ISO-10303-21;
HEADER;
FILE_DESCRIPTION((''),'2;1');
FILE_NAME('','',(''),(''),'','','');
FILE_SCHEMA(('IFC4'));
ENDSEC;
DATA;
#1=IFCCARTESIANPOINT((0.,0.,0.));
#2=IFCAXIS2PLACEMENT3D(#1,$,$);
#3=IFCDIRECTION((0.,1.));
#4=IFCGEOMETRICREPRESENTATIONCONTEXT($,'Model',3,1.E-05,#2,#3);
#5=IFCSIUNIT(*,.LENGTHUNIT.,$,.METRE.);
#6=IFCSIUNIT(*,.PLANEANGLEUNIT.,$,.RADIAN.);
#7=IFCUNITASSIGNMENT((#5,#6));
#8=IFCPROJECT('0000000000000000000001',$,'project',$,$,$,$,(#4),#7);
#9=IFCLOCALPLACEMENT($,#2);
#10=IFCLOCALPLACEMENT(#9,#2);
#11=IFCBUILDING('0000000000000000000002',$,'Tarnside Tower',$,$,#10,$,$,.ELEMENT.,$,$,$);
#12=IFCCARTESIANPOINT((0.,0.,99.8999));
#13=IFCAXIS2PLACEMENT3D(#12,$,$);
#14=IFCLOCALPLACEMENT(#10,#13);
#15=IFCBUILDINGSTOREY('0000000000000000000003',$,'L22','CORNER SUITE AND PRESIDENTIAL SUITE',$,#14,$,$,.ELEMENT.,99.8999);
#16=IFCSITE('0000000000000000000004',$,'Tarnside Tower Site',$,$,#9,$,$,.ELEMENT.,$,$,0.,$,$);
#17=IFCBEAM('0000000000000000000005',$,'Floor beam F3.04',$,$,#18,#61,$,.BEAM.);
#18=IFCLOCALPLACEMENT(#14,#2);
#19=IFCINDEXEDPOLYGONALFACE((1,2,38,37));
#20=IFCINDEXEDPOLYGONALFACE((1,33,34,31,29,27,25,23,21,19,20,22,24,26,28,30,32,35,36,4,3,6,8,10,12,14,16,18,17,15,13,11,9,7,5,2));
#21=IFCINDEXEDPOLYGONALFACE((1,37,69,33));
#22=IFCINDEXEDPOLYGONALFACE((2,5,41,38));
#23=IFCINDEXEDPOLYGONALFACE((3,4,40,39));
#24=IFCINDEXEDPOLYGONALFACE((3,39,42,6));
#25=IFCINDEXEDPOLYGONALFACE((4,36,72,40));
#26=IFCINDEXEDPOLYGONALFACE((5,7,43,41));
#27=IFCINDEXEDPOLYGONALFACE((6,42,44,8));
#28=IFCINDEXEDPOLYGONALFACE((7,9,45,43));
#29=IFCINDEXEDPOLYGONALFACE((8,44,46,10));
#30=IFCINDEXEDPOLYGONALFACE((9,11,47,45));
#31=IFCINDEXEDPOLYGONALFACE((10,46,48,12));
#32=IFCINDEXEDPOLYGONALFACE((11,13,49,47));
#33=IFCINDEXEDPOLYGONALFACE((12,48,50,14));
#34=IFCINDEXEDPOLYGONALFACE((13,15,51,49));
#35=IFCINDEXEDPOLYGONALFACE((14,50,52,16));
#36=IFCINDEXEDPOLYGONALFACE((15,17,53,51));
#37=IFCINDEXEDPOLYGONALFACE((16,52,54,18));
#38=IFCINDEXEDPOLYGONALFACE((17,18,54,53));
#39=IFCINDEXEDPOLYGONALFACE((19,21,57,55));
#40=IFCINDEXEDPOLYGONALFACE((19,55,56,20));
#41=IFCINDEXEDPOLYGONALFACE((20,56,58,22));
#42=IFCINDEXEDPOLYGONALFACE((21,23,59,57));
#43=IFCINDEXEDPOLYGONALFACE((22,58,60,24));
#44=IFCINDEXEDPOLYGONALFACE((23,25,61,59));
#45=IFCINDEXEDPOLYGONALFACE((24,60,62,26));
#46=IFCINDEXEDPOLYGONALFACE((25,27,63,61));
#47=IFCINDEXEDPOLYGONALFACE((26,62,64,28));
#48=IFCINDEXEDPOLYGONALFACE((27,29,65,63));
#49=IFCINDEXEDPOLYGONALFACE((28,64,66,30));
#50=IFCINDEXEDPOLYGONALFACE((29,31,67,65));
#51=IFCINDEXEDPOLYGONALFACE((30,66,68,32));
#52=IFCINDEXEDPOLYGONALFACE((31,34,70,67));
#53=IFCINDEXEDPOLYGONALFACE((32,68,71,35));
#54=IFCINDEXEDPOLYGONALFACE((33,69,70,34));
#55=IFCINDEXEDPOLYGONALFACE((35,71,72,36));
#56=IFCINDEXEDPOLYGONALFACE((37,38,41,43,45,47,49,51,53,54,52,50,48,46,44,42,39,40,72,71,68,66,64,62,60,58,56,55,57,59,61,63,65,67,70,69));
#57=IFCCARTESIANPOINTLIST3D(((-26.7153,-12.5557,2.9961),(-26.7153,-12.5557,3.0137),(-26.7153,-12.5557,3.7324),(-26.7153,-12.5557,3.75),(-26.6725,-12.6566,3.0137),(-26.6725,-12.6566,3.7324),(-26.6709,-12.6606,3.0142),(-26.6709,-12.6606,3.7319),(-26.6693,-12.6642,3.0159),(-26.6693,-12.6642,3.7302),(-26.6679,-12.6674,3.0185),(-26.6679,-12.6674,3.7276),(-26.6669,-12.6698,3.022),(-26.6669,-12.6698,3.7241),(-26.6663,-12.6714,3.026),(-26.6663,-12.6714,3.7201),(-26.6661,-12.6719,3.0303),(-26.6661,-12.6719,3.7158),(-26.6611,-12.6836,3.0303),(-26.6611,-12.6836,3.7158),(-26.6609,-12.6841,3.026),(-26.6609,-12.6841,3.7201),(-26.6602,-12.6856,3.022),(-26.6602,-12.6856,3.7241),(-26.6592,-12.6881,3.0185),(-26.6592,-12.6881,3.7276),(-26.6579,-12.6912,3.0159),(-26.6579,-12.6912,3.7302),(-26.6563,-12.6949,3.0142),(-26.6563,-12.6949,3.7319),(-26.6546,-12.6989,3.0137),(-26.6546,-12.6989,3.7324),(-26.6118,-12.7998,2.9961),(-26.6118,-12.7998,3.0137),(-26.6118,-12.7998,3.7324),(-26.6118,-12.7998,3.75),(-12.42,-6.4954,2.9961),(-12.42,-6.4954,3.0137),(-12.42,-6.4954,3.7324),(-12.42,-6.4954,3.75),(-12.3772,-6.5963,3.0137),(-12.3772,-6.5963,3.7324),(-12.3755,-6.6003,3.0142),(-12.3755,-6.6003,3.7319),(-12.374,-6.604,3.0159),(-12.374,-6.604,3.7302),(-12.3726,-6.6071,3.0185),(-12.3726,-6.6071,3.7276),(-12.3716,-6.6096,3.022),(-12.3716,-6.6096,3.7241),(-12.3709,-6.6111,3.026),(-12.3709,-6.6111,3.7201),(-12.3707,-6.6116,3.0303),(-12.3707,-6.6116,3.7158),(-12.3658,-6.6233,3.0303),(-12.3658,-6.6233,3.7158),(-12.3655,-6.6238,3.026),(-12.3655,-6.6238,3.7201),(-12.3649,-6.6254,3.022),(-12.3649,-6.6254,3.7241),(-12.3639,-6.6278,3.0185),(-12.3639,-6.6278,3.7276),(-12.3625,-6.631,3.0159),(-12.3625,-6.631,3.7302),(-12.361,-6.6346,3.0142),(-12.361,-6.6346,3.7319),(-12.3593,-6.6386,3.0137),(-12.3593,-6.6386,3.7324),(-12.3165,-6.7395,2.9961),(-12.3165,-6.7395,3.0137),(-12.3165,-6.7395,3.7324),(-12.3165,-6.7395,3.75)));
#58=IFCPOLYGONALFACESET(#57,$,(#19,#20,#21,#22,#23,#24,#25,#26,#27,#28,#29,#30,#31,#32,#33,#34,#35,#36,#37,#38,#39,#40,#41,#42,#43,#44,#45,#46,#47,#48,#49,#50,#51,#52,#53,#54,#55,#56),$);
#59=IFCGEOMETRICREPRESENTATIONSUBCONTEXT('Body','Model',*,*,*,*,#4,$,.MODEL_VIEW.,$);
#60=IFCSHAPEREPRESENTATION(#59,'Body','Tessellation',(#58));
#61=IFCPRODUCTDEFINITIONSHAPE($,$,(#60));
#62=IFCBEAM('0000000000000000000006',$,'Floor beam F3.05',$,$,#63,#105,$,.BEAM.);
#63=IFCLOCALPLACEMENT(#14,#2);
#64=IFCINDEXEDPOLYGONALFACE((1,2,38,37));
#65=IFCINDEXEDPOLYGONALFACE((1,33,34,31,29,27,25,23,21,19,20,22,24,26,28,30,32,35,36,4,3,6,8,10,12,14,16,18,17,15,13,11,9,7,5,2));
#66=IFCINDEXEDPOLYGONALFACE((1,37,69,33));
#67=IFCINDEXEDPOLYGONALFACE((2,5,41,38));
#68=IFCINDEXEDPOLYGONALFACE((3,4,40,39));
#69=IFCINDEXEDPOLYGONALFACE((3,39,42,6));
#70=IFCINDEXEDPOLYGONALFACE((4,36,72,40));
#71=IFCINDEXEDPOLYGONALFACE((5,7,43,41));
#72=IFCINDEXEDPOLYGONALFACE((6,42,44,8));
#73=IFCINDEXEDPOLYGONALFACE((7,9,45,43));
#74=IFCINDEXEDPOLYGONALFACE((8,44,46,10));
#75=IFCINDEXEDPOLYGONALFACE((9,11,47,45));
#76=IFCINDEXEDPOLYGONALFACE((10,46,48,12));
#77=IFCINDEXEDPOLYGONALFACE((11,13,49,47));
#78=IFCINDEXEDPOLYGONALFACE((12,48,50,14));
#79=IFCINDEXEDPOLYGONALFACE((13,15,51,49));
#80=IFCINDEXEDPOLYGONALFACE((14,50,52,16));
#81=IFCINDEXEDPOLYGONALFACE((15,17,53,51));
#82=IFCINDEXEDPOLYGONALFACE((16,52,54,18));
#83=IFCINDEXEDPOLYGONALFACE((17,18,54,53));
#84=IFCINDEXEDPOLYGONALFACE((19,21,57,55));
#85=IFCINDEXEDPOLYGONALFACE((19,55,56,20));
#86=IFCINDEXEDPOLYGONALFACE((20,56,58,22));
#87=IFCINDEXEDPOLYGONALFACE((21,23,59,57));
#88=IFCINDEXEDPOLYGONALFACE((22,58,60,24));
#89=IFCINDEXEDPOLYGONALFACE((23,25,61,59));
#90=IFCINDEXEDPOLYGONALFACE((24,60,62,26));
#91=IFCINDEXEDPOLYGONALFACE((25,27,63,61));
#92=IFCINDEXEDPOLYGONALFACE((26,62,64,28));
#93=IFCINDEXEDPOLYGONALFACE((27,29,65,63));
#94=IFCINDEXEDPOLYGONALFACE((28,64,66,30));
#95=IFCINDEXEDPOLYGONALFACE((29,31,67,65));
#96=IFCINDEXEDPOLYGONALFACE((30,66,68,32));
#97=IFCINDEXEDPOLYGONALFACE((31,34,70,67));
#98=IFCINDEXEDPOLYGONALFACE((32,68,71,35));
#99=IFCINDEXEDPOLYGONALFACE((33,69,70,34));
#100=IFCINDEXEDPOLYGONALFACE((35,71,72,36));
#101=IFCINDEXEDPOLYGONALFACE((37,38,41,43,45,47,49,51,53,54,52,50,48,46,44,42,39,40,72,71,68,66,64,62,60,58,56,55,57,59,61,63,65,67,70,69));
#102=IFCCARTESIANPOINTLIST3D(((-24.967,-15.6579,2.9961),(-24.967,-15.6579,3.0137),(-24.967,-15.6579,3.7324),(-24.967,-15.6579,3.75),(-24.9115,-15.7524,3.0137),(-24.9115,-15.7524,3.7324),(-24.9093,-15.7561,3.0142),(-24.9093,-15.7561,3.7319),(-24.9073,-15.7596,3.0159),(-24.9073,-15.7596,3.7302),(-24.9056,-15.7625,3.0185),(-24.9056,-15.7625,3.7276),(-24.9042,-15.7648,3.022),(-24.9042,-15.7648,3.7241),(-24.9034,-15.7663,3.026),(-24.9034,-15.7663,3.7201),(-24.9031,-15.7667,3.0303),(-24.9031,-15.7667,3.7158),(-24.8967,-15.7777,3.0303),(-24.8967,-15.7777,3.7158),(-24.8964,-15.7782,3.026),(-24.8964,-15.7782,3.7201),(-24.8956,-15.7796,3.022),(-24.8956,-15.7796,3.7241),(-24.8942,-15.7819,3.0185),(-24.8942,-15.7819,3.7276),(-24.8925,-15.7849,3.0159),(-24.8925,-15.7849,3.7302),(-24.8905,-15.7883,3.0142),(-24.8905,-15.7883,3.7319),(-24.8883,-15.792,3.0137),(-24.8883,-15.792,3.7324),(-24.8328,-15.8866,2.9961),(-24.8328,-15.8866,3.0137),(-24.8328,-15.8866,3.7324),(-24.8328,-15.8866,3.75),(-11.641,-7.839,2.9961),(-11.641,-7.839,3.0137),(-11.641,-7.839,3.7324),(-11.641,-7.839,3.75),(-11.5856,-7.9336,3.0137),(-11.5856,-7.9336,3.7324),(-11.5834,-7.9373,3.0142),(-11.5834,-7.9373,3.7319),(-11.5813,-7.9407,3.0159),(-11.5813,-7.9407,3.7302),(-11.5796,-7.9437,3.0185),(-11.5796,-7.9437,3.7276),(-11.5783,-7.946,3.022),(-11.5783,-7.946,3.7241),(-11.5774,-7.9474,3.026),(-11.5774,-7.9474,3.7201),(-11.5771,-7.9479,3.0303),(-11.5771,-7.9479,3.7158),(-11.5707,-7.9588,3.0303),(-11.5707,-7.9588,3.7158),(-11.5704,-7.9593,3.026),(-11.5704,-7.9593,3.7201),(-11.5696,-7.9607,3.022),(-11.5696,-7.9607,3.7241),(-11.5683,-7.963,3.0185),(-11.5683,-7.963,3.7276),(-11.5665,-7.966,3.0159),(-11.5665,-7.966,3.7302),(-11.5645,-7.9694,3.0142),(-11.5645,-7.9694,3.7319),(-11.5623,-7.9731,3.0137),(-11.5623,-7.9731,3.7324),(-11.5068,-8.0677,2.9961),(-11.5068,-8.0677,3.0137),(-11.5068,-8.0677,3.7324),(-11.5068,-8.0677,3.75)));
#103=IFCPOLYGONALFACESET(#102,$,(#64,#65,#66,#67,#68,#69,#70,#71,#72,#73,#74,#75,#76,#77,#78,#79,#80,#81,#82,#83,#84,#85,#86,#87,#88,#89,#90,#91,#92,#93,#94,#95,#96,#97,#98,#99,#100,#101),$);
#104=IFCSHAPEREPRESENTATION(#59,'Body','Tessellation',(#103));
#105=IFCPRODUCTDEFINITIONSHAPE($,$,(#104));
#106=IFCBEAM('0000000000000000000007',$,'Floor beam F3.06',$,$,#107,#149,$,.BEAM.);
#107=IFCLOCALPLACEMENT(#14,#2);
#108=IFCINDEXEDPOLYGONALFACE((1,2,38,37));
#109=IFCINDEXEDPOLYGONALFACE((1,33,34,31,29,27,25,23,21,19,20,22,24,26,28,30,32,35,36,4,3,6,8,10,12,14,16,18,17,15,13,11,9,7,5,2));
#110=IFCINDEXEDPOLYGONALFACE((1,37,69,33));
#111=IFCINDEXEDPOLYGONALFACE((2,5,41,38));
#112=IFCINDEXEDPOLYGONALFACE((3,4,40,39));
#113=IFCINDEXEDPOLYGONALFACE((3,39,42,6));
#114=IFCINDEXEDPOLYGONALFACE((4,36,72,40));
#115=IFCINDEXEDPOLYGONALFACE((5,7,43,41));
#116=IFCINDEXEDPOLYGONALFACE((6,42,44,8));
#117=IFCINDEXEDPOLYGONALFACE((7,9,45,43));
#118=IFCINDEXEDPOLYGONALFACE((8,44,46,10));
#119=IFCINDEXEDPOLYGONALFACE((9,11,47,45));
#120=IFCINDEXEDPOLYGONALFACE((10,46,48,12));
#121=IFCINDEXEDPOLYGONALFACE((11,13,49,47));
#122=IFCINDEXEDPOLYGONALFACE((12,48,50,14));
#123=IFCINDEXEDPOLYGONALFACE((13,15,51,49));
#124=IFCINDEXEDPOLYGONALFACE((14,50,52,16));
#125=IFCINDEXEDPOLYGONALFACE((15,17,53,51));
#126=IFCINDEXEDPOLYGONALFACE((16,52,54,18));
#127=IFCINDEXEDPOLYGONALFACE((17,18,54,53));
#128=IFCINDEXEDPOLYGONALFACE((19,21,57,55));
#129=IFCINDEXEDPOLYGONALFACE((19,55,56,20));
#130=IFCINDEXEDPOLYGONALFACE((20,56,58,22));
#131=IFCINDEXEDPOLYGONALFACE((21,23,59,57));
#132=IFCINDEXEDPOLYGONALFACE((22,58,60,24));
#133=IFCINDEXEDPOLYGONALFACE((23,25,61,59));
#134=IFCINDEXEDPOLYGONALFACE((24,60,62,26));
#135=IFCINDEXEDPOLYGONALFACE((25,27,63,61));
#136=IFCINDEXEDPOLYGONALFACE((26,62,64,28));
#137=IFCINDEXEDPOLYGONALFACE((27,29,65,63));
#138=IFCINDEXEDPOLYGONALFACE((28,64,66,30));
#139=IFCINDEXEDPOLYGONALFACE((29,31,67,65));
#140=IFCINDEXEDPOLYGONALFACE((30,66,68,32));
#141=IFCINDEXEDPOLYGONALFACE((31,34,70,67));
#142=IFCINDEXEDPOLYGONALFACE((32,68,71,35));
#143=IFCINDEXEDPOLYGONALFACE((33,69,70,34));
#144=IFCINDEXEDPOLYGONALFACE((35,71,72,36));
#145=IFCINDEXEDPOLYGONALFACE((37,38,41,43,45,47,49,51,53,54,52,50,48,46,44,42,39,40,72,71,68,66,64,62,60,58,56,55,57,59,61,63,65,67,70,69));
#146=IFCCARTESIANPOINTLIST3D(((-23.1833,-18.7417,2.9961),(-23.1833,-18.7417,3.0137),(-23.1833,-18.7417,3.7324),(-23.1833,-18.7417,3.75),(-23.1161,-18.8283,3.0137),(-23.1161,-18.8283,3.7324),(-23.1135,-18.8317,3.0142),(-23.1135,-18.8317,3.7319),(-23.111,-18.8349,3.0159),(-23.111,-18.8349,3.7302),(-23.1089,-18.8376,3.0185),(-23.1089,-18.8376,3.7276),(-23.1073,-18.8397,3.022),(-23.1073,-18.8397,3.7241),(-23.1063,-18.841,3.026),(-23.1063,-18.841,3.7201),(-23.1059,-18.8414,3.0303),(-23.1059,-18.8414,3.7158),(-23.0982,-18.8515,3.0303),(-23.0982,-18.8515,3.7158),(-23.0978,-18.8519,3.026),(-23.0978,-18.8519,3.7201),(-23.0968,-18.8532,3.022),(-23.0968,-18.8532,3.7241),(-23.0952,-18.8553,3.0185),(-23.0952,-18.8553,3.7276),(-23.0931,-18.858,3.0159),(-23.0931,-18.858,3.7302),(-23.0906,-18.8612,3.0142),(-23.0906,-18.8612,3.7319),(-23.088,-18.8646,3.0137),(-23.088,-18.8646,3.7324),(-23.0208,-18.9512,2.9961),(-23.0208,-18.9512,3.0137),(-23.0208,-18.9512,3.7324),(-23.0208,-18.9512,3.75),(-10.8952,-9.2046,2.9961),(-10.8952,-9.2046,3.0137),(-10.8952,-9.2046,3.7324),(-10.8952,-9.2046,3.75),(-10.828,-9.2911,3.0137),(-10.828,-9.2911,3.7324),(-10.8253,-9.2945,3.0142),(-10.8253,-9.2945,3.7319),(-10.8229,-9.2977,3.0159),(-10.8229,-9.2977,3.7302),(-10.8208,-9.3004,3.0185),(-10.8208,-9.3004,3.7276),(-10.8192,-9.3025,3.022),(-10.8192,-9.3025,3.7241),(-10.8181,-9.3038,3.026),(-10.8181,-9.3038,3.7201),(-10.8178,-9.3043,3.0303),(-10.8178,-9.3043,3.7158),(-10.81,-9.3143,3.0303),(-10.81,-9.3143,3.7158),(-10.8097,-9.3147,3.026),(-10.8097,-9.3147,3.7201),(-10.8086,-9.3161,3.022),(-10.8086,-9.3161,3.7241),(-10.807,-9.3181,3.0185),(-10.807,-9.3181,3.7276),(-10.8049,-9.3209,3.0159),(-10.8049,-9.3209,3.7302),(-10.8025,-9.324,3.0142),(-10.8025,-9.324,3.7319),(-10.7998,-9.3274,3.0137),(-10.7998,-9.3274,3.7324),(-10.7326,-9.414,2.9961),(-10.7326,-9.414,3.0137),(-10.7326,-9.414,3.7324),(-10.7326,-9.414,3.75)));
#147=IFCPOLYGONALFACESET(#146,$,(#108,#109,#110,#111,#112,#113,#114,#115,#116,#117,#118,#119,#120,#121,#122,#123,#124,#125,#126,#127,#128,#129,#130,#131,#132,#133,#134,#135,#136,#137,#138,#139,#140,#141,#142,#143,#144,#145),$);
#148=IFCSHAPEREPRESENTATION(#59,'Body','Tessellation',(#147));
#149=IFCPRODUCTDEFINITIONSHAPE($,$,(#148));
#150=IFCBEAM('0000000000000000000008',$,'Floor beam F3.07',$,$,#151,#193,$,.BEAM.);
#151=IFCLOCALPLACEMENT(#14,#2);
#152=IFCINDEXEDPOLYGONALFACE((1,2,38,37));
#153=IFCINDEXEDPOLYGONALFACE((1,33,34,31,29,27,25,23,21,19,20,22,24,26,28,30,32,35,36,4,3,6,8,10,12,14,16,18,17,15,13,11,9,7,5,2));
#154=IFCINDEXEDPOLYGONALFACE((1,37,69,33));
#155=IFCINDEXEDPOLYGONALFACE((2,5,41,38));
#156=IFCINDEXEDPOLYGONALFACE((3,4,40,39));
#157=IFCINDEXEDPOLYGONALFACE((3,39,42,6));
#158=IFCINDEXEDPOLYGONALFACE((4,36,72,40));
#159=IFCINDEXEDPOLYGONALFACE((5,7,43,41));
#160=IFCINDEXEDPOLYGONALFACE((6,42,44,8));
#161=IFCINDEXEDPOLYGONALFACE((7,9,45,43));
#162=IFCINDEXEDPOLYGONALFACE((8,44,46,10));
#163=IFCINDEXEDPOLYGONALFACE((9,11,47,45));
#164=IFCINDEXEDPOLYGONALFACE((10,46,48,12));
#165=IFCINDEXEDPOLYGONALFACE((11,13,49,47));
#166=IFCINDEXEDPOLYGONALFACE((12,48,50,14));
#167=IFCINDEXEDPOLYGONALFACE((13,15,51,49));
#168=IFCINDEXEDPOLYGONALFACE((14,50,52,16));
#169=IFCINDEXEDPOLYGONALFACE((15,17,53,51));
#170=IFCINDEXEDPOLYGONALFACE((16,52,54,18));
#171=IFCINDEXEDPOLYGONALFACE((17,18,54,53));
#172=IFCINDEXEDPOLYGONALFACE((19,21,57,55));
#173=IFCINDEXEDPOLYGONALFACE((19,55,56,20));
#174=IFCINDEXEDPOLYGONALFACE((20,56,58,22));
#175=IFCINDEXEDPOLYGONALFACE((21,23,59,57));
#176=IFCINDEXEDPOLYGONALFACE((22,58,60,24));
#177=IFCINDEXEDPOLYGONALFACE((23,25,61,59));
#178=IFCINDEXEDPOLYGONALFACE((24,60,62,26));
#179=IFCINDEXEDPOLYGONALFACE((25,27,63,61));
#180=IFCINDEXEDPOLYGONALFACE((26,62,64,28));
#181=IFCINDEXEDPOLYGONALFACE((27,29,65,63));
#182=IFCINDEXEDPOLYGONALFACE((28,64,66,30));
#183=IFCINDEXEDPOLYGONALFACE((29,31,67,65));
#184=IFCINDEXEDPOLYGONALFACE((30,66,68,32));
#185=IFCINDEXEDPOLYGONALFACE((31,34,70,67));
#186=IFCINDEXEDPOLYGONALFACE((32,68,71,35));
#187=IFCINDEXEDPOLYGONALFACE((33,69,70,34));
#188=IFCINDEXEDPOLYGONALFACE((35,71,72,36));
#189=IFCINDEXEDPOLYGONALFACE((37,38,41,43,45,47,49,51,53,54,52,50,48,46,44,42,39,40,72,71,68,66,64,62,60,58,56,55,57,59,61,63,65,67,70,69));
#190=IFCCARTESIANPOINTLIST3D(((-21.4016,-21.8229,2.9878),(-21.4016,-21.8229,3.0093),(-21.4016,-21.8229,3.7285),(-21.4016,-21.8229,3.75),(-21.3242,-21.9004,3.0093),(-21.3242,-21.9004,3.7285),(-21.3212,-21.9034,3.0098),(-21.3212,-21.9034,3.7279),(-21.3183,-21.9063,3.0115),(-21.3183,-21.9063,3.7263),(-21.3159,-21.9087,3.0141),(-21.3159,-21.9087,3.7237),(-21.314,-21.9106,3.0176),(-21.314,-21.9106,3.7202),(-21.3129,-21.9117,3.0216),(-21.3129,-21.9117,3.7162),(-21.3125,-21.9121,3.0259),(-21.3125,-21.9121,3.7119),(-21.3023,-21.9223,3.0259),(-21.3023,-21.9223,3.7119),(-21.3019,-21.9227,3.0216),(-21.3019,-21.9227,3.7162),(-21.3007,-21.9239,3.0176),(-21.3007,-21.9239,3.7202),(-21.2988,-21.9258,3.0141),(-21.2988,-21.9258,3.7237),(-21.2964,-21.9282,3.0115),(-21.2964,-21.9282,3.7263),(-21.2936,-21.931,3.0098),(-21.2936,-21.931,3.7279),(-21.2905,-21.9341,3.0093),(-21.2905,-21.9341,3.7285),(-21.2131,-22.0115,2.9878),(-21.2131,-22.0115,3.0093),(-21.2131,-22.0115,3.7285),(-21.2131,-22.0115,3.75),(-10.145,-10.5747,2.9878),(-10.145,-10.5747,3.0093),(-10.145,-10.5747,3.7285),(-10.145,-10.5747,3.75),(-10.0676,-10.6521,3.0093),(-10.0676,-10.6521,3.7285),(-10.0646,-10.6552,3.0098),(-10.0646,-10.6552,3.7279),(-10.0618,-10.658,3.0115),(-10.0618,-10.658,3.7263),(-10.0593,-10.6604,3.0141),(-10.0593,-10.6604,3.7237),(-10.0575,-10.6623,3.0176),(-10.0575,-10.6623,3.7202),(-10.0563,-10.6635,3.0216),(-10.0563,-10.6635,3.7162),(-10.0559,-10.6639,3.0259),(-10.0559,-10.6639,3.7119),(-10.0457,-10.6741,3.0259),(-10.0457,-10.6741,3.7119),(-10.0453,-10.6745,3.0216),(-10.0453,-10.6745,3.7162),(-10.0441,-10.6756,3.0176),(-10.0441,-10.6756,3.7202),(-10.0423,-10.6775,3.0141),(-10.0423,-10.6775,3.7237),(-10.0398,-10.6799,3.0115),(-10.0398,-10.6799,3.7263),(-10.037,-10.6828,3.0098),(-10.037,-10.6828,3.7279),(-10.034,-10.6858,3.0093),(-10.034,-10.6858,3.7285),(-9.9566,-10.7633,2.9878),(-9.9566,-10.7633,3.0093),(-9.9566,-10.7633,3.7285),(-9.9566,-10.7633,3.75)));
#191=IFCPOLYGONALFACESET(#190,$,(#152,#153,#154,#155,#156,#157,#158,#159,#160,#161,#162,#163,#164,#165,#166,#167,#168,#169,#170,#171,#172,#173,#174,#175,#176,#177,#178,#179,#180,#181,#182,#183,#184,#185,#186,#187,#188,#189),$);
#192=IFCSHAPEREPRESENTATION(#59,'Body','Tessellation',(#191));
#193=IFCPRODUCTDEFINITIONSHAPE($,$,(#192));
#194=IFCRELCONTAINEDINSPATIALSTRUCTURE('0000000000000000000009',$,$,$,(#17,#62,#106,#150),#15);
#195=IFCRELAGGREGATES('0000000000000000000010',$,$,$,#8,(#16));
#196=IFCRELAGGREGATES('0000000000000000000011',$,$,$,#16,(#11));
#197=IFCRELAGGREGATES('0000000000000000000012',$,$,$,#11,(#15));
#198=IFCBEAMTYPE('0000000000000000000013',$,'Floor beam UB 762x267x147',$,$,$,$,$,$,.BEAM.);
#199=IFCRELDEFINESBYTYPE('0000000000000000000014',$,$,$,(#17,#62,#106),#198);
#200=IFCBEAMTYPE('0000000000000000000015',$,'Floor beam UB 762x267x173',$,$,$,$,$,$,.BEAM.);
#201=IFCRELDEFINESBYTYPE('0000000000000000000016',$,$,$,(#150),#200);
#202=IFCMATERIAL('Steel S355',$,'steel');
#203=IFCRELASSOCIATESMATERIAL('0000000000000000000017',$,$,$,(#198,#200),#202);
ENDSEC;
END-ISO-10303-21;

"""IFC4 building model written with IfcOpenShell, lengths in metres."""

from ifc_helpers import new_model, si_unit, direction, frame, origin, origin_2d, place, context, subcontext, project, spatial, i_section, extrude, material, material_profile, profile_set, type_object, element, save


model = new_model("IFC4")

# Units and contexts
model_context = context("Model", 3, precision=1e-05, world=origin(), true_north=direction((0.0, 1.0)))
body_context = subcontext(model_context, "Body", "Model", "MODEL_VIEW")
ifc_project = project(units=[si_unit("LENGTHUNIT", "METRE"), si_unit("PLANEANGLEUNIT", "RADIAN")], contexts=[model_context])

# Site, building, storey
site_placement = place(None, origin())
site = spatial("IfcSite", under=ifc_project, at=site_placement, Name="Tarnside Tower Site", CompositionType="ELEMENT", RefElevation=0.0)
building_placement = place(site_placement, origin())
building = spatial("IfcBuilding", under=site, at=building_placement, Name="Tarnside Tower", CompositionType="ELEMENT")
storey_placement = place(building_placement, frame((0.0, 0.0, 99.8999)))
storey = spatial("IfcBuildingStorey", under=building, at=storey_placement, Name="L22", Description="CORNER SUITE AND PRESIDENTIAL SUITE", CompositionType="ELEMENT", Elevation=99.8999)

# Beams
ifc_material_1 = material(Name="Steel S355", Category="steel")
ifc_material_profile_1 = material_profile(ifc_material_1, i_section(OverallWidth=0.2651, OverallDepth=0.7539, WebThickness=0.0127, FlangeThickness=0.0176, FilletRadius=0.0166, at=origin_2d()), Name="UB 762x267x147")
ifc_profile_set_1 = profile_set([ifc_material_profile_1], Name="Steel S355")
beam_type_1 = type_object("IfcBeamType", Name="Floor beam UB 762x267x147", PredefinedType="BEAM", material=ifc_profile_set_1)
beam_1_placement = place(storey_placement, frame((-26.6636, -12.6777, 3.373), z_axis=(0.920684, 0.390309, 0.0), x_axis=(-0.390309, 0.920684, 0.0)))
element("IfcBeam", 1, at=beam_1_placement, inside=storey, type_object=beam_type_1, Name="Floor beam F3.04", PredefinedType="BEAM", context=body_context, shape_type="SweptSolid", body=[
    extrude(i_section(OverallWidth=0.2651, OverallDepth=0.7539, WebThickness=0.0127, FlangeThickness=0.0176, FilletRadius=0.0166, at=origin_2d()), origin(), (0.0, 0.0, 1.0), 15.5269),
])
beam_2_placement = place(storey_placement, frame((-24.8999, -15.7722, 3.373), z_axis=(0.862498, 0.506061, 0.0), x_axis=(-0.506061, 0.862498, 0.0)))
element("IfcBeam", 2, at=beam_2_placement, inside=storey, type_object=beam_type_1, Name="Floor beam F3.05", PredefinedType="BEAM", context=body_context, shape_type="SweptSolid", body=[
    extrude(i_section(OverallWidth=0.2651, OverallDepth=0.7539, WebThickness=0.0127, FlangeThickness=0.0176, FilletRadius=0.0166, at=origin_2d()), origin(), (0.0, 0.0, 1.0), 15.4504),
])
beam_3_placement = place(storey_placement, frame((-23.1021, -18.8464, 3.373), z_axis=(0.789984, 0.613128, 0.0), x_axis=(-0.613128, 0.789984, 0.0)))
element("IfcBeam", 3, at=beam_3_placement, inside=storey, type_object=beam_type_1, Name="Floor beam F3.06", PredefinedType="BEAM", context=body_context, shape_type="SweptSolid", body=[
    extrude(i_section(OverallWidth=0.2651, OverallDepth=0.7539, WebThickness=0.0127, FlangeThickness=0.0176, FilletRadius=0.0166, at=origin_2d()), origin(), (0.0, 0.0, 1.0), 15.5549),
])
ifc_material_profile_2 = material_profile(ifc_material_1, i_section(OverallWidth=0.2666, OverallDepth=0.7622, WebThickness=0.0144, FlangeThickness=0.0215, FilletRadius=0.0166, at=origin_2d()), Name="UB 762x267x173")
ifc_profile_set_2 = profile_set([ifc_material_profile_2], Name="Steel S355")
beam_type_2 = type_object("IfcBeamType", Name="Floor beam UB 762x267x173", PredefinedType="BEAM", material=ifc_profile_set_2)
beam_4_placement = place(storey_placement, frame((-21.3074, -21.9172, 3.3689), z_axis=(0.707368, 0.706846, 0.0), x_axis=(-0.706846, 0.707368, 0.0)))
element("IfcBeam", 4, at=beam_4_placement, inside=storey, type_object=beam_type_2, Name="Floor beam F3.07", PredefinedType="BEAM", context=body_context, shape_type="SweptSolid", body=[
    extrude(i_section(OverallWidth=0.2666, OverallDepth=0.7622, WebThickness=0.0144, FlangeThickness=0.0215, FilletRadius=0.0166, at=origin_2d()), origin(), (0.0, 0.0, 1.0), 15.9133),
])

save(model, "model.ifc")
